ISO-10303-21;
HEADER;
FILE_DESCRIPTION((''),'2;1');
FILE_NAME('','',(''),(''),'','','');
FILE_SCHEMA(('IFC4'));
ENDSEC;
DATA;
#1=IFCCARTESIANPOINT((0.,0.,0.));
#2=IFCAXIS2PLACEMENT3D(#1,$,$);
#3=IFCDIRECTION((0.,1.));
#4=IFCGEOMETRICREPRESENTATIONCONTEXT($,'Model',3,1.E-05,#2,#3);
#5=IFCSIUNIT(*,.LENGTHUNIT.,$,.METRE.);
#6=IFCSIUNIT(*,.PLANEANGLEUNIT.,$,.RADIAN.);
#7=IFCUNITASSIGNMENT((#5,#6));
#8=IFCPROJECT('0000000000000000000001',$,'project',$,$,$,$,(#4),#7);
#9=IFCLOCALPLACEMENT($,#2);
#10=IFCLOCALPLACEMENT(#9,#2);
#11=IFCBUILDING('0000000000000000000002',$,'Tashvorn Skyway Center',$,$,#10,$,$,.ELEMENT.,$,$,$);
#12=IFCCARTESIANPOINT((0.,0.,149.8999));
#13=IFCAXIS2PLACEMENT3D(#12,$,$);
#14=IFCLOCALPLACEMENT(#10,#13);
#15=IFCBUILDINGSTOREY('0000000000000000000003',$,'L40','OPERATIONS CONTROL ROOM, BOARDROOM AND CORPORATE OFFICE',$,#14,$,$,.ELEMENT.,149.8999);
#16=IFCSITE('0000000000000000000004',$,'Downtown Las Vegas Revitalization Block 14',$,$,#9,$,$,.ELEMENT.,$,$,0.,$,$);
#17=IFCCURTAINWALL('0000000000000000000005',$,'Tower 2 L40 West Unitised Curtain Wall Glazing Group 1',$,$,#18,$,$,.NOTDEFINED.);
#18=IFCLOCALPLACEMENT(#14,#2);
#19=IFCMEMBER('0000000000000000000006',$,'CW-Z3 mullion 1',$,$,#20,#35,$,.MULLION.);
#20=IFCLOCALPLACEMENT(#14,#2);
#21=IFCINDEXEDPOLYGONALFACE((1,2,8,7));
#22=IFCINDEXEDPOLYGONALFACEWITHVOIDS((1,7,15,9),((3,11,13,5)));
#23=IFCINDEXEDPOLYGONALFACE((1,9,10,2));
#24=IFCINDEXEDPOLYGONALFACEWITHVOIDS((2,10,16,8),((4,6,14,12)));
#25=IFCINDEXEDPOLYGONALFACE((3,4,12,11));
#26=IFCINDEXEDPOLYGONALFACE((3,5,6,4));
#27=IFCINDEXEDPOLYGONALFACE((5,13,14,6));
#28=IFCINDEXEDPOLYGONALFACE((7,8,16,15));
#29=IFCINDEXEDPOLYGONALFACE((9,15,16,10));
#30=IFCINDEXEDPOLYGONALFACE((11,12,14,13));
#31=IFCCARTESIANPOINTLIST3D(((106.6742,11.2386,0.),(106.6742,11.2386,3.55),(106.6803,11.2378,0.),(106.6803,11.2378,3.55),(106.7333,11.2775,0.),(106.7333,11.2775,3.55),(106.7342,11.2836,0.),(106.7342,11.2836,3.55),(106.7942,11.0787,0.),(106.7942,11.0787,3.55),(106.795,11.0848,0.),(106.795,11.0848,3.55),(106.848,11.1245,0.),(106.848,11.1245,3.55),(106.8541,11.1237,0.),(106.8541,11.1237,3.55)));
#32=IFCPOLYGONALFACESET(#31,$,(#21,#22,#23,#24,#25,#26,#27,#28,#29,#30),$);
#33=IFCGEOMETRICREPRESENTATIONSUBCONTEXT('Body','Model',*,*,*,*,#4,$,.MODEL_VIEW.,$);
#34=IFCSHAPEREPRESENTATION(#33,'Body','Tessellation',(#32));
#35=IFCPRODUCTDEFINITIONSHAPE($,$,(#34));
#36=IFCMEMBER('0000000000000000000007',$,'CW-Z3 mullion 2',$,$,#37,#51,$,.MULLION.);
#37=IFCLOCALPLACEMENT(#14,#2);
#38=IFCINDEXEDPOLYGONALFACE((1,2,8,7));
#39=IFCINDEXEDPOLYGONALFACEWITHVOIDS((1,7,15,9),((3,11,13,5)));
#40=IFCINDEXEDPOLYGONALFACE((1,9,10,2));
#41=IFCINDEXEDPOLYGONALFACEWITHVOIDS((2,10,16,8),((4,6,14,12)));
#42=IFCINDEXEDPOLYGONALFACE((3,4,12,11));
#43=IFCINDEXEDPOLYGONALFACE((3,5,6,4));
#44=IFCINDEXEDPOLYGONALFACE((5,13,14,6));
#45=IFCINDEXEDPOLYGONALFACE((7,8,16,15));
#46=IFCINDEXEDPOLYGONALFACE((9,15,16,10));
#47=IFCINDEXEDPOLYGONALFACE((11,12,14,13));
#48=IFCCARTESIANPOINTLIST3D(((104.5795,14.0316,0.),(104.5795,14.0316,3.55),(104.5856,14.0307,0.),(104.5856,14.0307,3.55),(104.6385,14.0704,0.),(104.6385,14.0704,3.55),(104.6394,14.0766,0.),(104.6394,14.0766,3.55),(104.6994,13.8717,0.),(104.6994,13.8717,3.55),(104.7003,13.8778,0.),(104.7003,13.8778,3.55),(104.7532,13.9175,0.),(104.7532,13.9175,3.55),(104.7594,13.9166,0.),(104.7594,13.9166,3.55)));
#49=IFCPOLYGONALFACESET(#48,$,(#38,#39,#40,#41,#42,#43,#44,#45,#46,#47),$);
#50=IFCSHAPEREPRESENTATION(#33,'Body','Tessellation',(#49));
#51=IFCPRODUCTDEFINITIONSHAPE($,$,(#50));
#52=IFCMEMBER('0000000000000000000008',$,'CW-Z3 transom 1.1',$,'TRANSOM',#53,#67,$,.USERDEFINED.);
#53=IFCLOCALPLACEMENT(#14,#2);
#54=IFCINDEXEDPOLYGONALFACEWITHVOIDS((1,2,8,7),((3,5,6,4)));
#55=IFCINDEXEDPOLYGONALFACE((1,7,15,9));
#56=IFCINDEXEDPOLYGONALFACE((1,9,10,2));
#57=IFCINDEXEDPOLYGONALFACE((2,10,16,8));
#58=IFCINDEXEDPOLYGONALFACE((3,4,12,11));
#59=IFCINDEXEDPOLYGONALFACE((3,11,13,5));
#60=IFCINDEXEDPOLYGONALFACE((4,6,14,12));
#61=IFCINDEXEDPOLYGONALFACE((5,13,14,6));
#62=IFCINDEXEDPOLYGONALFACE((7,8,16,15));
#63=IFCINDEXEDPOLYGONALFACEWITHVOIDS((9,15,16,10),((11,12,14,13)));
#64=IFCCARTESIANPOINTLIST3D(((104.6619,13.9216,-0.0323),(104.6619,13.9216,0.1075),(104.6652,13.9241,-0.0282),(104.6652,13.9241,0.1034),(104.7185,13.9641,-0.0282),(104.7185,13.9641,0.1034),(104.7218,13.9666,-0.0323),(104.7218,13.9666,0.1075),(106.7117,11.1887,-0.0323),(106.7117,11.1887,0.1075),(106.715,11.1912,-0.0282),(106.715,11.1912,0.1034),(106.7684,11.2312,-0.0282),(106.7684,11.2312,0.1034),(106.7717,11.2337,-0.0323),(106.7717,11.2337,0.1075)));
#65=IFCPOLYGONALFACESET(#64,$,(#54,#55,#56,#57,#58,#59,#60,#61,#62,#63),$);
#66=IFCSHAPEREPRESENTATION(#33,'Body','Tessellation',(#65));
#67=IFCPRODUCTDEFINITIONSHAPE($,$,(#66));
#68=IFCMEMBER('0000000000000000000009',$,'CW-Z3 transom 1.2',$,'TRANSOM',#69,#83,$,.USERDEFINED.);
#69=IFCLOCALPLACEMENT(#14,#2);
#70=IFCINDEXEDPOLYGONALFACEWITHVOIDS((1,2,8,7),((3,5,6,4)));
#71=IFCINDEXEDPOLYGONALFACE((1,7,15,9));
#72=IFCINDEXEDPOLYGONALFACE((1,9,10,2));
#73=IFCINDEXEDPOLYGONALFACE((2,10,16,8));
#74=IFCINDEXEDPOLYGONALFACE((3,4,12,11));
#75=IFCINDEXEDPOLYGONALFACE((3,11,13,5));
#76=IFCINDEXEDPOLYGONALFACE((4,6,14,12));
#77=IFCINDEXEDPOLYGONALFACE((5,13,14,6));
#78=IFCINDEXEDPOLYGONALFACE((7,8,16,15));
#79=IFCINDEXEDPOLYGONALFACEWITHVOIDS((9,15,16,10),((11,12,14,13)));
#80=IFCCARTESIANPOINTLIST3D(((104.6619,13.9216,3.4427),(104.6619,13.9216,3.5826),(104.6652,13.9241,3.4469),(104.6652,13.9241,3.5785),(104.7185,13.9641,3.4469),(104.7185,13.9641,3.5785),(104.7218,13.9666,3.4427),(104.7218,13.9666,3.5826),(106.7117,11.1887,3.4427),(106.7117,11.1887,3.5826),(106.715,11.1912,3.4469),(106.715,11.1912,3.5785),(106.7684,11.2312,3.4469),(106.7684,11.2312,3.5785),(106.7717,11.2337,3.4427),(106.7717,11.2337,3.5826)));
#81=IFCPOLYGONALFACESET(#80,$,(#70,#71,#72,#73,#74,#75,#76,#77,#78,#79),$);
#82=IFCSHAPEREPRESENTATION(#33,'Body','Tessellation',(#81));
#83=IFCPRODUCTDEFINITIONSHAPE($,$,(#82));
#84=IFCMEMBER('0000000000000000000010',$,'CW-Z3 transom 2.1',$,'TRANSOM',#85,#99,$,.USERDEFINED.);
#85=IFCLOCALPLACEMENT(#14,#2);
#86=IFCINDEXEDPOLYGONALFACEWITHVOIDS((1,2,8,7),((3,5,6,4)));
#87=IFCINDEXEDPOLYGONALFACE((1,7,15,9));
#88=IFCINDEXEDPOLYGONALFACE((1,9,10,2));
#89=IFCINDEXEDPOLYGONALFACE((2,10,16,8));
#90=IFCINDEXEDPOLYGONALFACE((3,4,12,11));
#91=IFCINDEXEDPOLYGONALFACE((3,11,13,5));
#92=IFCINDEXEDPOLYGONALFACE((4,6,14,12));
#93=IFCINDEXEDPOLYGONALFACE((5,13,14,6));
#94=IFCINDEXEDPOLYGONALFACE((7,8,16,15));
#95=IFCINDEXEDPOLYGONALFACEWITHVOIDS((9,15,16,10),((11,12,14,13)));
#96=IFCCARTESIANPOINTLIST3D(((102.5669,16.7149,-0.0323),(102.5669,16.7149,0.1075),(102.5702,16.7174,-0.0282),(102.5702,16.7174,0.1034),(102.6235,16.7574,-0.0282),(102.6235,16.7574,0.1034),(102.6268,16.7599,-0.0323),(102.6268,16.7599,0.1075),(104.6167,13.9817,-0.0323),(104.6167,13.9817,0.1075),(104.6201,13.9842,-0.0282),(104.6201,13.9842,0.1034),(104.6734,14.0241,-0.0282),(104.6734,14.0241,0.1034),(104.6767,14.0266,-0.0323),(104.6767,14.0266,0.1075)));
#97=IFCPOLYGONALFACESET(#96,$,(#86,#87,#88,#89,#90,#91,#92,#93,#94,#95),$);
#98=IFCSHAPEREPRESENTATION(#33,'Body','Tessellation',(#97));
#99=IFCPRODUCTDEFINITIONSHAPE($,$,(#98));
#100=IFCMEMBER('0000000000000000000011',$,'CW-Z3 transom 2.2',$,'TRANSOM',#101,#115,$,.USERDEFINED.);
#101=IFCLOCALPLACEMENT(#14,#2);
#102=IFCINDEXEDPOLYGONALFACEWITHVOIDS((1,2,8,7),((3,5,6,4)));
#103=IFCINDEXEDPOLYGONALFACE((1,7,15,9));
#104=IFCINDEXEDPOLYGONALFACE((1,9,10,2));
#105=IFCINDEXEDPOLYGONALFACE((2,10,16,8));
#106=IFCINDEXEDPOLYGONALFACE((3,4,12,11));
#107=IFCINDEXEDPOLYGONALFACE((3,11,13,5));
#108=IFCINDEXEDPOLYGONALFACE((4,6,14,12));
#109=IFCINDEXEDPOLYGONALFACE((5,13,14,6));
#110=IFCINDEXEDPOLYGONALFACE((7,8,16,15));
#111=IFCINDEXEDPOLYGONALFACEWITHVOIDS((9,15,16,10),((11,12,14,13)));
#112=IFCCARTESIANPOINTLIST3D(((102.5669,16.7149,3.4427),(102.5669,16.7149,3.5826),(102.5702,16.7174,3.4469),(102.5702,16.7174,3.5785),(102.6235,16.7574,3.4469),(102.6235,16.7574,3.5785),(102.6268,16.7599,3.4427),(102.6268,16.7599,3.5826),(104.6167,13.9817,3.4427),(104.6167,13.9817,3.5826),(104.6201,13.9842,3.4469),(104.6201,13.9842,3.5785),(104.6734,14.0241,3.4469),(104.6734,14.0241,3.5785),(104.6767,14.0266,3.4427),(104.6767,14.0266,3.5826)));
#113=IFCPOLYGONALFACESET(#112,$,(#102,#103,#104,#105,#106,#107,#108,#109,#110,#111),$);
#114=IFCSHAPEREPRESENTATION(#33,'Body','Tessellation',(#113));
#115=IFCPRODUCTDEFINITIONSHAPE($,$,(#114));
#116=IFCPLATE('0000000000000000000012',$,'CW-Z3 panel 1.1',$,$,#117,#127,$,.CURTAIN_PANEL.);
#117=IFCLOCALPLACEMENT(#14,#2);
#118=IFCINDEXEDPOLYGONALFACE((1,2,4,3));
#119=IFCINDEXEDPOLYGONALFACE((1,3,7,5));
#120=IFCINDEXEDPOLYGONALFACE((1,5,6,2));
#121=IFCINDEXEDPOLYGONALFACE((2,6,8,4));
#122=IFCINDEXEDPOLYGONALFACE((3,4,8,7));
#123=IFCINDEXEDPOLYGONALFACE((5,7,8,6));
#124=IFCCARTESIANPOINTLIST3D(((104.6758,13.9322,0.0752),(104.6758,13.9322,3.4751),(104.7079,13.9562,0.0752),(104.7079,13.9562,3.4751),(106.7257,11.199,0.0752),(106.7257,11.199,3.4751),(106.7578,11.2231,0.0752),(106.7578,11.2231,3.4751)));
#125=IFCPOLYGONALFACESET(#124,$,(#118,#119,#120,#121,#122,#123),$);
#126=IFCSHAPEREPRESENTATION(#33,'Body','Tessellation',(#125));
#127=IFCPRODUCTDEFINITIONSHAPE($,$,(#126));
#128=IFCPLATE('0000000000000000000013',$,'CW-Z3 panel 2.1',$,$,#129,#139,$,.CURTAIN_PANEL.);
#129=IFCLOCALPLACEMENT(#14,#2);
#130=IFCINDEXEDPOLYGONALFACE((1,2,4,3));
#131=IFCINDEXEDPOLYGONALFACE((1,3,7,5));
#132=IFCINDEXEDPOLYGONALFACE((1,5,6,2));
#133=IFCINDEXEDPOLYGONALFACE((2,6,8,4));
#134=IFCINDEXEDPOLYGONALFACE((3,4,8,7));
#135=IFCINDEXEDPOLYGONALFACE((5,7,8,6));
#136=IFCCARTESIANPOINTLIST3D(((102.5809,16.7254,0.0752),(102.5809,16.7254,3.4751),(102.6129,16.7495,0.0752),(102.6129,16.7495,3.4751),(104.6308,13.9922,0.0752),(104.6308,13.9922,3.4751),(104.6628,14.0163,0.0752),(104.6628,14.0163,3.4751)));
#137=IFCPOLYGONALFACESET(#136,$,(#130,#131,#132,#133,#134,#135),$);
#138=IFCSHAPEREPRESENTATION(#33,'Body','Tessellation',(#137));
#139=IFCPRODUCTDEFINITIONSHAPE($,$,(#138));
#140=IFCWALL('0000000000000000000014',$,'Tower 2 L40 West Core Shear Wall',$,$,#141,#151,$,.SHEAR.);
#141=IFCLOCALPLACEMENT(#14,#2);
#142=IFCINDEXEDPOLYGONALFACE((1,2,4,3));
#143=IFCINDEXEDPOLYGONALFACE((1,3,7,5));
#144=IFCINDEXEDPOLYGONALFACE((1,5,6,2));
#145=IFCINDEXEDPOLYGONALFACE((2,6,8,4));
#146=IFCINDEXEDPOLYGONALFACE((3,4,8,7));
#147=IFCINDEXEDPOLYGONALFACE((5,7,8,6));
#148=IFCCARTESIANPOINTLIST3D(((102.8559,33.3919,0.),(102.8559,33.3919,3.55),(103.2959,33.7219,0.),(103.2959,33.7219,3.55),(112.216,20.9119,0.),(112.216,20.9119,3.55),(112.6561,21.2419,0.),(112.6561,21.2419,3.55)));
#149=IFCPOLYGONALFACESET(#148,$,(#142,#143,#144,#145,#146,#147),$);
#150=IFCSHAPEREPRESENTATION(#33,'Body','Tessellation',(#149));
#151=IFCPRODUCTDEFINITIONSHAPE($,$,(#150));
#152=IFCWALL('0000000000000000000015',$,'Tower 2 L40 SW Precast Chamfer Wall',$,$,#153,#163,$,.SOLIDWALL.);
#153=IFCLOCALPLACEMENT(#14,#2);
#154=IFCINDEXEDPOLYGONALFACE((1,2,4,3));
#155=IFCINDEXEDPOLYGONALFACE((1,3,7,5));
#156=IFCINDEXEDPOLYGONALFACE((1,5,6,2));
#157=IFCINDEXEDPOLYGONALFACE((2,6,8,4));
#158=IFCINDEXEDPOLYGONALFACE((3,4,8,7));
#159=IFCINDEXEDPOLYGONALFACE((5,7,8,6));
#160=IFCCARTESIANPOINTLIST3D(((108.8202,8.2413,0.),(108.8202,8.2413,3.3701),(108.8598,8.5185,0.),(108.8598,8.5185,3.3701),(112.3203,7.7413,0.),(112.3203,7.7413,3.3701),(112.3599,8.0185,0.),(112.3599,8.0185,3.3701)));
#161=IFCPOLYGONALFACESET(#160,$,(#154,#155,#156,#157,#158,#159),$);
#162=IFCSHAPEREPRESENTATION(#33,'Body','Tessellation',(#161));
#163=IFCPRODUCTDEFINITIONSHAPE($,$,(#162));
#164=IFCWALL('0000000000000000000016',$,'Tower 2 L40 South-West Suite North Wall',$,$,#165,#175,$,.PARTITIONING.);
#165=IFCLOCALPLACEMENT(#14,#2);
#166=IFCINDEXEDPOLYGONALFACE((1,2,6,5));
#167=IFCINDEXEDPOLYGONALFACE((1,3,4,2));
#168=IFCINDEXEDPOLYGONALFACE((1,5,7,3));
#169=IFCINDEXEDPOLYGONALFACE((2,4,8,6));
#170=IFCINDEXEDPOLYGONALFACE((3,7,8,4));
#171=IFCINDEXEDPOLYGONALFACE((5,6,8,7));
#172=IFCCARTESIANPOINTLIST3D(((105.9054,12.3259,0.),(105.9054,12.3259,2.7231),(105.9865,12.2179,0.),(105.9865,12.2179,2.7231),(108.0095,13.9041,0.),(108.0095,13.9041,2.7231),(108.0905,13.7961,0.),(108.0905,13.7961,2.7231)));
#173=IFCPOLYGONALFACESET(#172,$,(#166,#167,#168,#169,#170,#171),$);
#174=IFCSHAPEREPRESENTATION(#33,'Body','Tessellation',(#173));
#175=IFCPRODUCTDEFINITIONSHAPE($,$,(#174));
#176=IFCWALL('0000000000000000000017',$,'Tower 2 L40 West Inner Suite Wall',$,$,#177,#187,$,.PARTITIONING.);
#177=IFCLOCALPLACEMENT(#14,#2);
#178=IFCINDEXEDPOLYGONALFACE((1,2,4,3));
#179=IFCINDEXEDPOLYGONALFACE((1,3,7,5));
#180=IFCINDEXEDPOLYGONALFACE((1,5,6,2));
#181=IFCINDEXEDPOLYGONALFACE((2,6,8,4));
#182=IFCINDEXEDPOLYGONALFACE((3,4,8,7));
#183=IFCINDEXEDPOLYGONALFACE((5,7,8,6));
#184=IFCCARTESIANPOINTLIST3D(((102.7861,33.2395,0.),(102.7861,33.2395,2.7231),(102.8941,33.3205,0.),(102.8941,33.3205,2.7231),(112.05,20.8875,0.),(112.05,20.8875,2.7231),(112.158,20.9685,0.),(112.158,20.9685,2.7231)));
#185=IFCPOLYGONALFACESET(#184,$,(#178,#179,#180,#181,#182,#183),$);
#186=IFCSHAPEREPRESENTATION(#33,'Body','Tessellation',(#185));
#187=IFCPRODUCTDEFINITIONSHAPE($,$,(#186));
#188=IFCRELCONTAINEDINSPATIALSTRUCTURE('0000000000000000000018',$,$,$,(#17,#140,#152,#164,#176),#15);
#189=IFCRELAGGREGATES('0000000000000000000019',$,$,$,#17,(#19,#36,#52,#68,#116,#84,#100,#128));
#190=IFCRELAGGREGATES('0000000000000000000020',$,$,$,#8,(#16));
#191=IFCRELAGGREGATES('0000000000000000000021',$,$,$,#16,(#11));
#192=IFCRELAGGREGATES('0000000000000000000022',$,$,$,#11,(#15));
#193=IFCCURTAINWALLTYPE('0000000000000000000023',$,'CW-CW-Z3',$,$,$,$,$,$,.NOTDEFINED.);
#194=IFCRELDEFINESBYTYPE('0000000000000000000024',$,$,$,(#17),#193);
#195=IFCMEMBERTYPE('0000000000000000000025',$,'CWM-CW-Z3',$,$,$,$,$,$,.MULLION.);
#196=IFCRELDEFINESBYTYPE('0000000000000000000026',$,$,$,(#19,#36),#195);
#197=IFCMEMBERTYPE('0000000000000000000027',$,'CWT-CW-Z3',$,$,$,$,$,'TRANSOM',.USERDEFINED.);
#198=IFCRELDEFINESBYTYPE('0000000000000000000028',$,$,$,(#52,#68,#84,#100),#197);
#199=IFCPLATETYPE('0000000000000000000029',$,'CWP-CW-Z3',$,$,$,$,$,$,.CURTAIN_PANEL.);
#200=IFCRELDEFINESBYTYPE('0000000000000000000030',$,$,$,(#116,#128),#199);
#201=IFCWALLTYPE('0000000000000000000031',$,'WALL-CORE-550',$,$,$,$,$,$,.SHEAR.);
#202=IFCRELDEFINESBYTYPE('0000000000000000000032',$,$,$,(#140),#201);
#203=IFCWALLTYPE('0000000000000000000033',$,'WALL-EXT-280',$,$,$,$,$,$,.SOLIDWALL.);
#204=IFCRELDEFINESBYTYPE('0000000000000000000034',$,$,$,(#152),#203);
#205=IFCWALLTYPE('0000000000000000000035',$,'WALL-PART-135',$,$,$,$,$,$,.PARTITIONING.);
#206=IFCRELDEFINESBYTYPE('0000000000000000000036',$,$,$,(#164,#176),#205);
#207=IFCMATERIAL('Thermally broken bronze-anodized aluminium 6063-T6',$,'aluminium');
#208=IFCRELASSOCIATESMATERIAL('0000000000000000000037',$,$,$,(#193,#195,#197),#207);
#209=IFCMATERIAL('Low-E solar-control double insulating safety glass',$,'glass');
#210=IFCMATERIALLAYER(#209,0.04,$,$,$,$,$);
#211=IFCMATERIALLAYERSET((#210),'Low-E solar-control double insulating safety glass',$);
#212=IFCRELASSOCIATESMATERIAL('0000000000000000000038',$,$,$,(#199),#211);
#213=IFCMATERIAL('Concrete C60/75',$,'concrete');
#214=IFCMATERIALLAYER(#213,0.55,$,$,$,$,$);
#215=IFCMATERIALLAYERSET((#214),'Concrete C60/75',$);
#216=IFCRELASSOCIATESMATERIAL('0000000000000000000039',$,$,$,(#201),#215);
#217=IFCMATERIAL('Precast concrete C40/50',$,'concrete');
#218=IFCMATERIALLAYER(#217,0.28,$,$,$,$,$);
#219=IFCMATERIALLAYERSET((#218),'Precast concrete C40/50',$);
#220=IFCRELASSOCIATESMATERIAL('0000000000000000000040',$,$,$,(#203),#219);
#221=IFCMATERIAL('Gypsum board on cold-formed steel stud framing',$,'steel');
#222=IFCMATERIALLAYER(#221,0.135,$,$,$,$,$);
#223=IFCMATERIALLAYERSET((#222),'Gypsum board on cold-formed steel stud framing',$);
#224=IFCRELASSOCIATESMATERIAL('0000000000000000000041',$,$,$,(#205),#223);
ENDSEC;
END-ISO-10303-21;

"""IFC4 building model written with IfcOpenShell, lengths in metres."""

from ifc_helpers import new_model, si_unit, direction, frame, frame_2d, origin, origin_2d, place, context, subcontext, project, spatial, rectangle, hollow_rectangle, extrude, material, layer, layer_set, material_profile, profile_set, type_object, element, aggregate, save


model = new_model("IFC4")

# Units and contexts
model_context = context("Model", 3, precision=1e-05, world=origin(), true_north=direction((0.0, 1.0)))
body_context = subcontext(model_context, "Body", "Model", "MODEL_VIEW")
ifc_project = project(units=[si_unit("LENGTHUNIT", "METRE"), si_unit("PLANEANGLEUNIT", "RADIAN")], contexts=[model_context])

# Site, building, storey
site_placement = place(None, origin())
site = spatial("IfcSite", under=ifc_project, at=site_placement, Name="Downtown Las Vegas Revitalization Block 14", CompositionType="ELEMENT", RefElevation=0.0)
building_placement = place(site_placement, origin())
building = spatial("IfcBuilding", under=site, at=building_placement, Name="Tashvorn Skyway Center", CompositionType="ELEMENT")
storey_placement = place(building_placement, frame((0.0, 0.0, 149.8999)))
storey = spatial("IfcBuildingStorey", under=building, at=storey_placement, Name="L40", Description="OPERATIONS CONTROL ROOM, BOARDROOM AND CORPORATE OFFICE", CompositionType="ELEMENT", Elevation=149.8999)

# Shared definitions
ifc_material_1 = material(Name="Concrete C60/75", Category="concrete")

# Curtain wall, members, plates
ifc_material_2 = material(Name="Thermally broken bronze-anodized aluminium 6063-T6", Category="aluminium")
curtain_wall_type = type_object("IfcCurtainWallType", Name="CW-CW-Z3", PredefinedType="NOTDEFINED", material=ifc_material_2)
curtain_wall_placement = place(storey_placement, origin())
curtain_wall = element("IfcCurtainWall", 1, at=curtain_wall_placement, inside=storey, type_object=curtain_wall_type, Name="Tower 2 L40 West Unitised Curtain Wall Glazing Group 1", PredefinedType="NOTDEFINED")
ifc_material_profile_1 = material_profile(ifc_material_2, hollow_rectangle(XDim=0.075, YDim=0.2, WallThickness=0.0044, at=origin_2d()), Name="ALU-MULL-75x200")
ifc_profile_set_1 = profile_set([ifc_material_profile_1], Name="Thermally broken bronze-anodized aluminium 6063-T6")
member_type_1 = type_object("IfcMemberType", Name="CWM-CW-Z3", PredefinedType="MULLION", material=ifc_profile_set_1)
member_1_placement = place(storey_placement, frame((106.7642, 11.1812, 0.0), z_axis=(0.0, 0.0, 1.0), x_axis=(-0.799997, -0.600005, 0.0)))
member_1 = element("IfcMember", 2, at=member_1_placement, type_object=member_type_1, Name="CW-Z3 mullion 1", PredefinedType="MULLION", context=body_context, shape_type="SweptSolid", body=[
    extrude(hollow_rectangle(XDim=0.075, YDim=0.2, WallThickness=0.0044, at=origin_2d()), origin(), (0.0, 0.0, 1.0), 3.55),
])
member_2_placement = place(storey_placement, frame((104.6694, 13.9741, 0.0), z_axis=(0.0, 0.0, 1.0), x_axis=(-0.799997, -0.600005, 0.0)))
member_2 = element("IfcMember", 3, at=member_2_placement, type_object=member_type_1, Name="CW-Z3 mullion 2", PredefinedType="MULLION", context=body_context, shape_type="SweptSolid", body=[
    extrude(hollow_rectangle(XDim=0.075, YDim=0.2, WallThickness=0.0044, at=origin_2d()), origin(), (0.0, 0.0, 1.0), 3.55),
])
ifc_material_profile_2 = material_profile(ifc_material_2, hollow_rectangle(XDim=0.075, YDim=0.1399, WallThickness=0.0042, at=origin_2d()), Name="ALU-TRAN-75x140")
ifc_profile_set_2 = profile_set([ifc_material_profile_2], Name="Thermally broken bronze-anodized aluminium 6063-T6")
member_type_2 = type_object("IfcMemberType", Name="CWT-CW-Z3", ElementType="TRANSOM", PredefinedType="USERDEFINED", material=ifc_profile_set_2)
member_3_placement = place(storey_placement, frame((106.7417, 11.2112, 0.0376), z_axis=(-0.600023, 0.799983, 0.0), x_axis=(-0.799983, -0.600023, 0.0)))
member_3 = element("IfcMember", 4, at=member_3_placement, type_object=member_type_2, Name="CW-Z3 transom 1.1", ObjectType="TRANSOM", PredefinedType="USERDEFINED", context=body_context, shape_type="SweptSolid", body=[
    extrude(hollow_rectangle(XDim=0.075, YDim=0.1399, WallThickness=0.0042, at=origin_2d()), origin(), (0.0, 0.0, 1.0), 3.4163),
])
member_4_placement = place(storey_placement, frame((106.7417, 11.2112, 3.5127), z_axis=(-0.600023, 0.799983, 0.0), x_axis=(-0.799983, -0.600023, 0.0)))
member_4 = element("IfcMember", 5, at=member_4_placement, type_object=member_type_2, Name="CW-Z3 transom 1.2", ObjectType="TRANSOM", PredefinedType="USERDEFINED", context=body_context, shape_type="SweptSolid", body=[
    extrude(hollow_rectangle(XDim=0.075, YDim=0.1399, WallThickness=0.0042, at=origin_2d()), origin(), (0.0, 0.0, 1.0), 3.4163),
])
member_5_placement = place(storey_placement, frame((104.6467, 14.0042, 0.0376), z_axis=(-0.599989, 0.800009, 0.0), x_axis=(-0.800009, -0.599989, 0.0)))
member_5 = element("IfcMember", 6, at=member_5_placement, type_object=member_type_2, Name="CW-Z3 transom 2.1", ObjectType="TRANSOM", PredefinedType="USERDEFINED", context=body_context, shape_type="SweptSolid", body=[
    extrude(hollow_rectangle(XDim=0.075, YDim=0.1399, WallThickness=0.0042, at=origin_2d()), origin(), (0.0, 0.0, 1.0), 3.4165),
])
member_6_placement = place(storey_placement, frame((104.6467, 14.0042, 3.5127), z_axis=(-0.599989, 0.800009, 0.0), x_axis=(-0.800009, -0.599989, 0.0)))
member_6 = element("IfcMember", 7, at=member_6_placement, type_object=member_type_2, Name="CW-Z3 transom 2.2", ObjectType="TRANSOM", PredefinedType="USERDEFINED", context=body_context, shape_type="SweptSolid", body=[
    extrude(hollow_rectangle(XDim=0.075, YDim=0.1399, WallThickness=0.0042, at=origin_2d()), origin(), (0.0, 0.0, 1.0), 3.4165),
])
ifc_material_3 = material(Name="Low-E solar-control double insulating safety glass", Category="glass")
ifc_layer_1 = layer(ifc_material_3, 0.04)
ifc_layer_set_1 = layer_set([ifc_layer_1], Name="Low-E solar-control double insulating safety glass")
plate_type = type_object("IfcPlateType", Name="CWP-CW-Z3", PredefinedType="CURTAIN_PANEL", material=ifc_layer_set_1)
plate_1_placement = place(storey_placement, frame((105.7168, 12.5776, 0.0752), z_axis=(0.0, 0.0, 1.0), x_axis=(-0.600005, 0.799997, 0.0)))
plate_1 = element("IfcPlate", 8, at=plate_1_placement, type_object=plate_type, Name="CW-Z3 panel 1.1", PredefinedType="CURTAIN_PANEL", context=body_context, shape_type="SweptSolid", body=[
    extrude(rectangle(XDim=3.4165, YDim=0.04, at=origin_2d()), origin(), (0.0, 0.0, 1.0), 3.3999),
])
plate_2_placement = place(storey_placement, frame((103.6218, 15.3708, 0.0752), z_axis=(0.0, 0.0, 1.0), x_axis=(-0.600005, 0.799997, 0.0)))
plate_2 = element("IfcPlate", 9, at=plate_2_placement, type_object=plate_type, Name="CW-Z3 panel 2.1", PredefinedType="CURTAIN_PANEL", context=body_context, shape_type="SweptSolid", body=[
    extrude(rectangle(XDim=3.4165, YDim=0.04, at=origin_2d()), origin(), (0.0, 0.0, 1.0), 3.3999),
])
aggregate(curtain_wall, [member_1, member_2, member_3, member_4, plate_1, member_5, member_6, plate_2])

# Walls
ifc_layer_2 = layer(ifc_material_1, 0.55)
ifc_layer_set_2 = layer_set([ifc_layer_2], Name="Concrete C60/75")
wall_type_1 = type_object("IfcWallType", Name="WALL-CORE-550", PredefinedType="SHEAR", material=ifc_layer_set_2)
wall_1_placement = place(storey_placement, frame((112.436, 21.0769, 0.0), z_axis=(0.0, 0.0, 1.0), x_axis=(-0.600005, 0.799996, 0.0)))
element("IfcWall", 10, at=wall_1_placement, inside=storey, type_object=wall_type_1, Name="Tower 2 L40 West Core Shear Wall", PredefinedType="SHEAR", context=body_context, shape_type="SweptSolid", body=[
    extrude(rectangle(XDim=15.6001, YDim=0.55, at=frame_2d((7.8, 0.0))), origin(), (0.0, 0.0, 1.0), 3.55),
])
ifc_material_4 = material(Name="Precast concrete C40/50", Category="concrete")
ifc_layer_3 = layer(ifc_material_4, 0.28)
ifc_layer_set_3 = layer_set([ifc_layer_3], Name="Precast concrete C40/50")
wall_type_2 = type_object("IfcWallType", Name="WALL-EXT-280", PredefinedType="SOLIDWALL", material=ifc_layer_set_3)
wall_2_placement = place(storey_placement, frame((112.3401, 7.8799, 0.0), z_axis=(0.0, 0.0, 1.0), x_axis=(-0.989949, 0.141421, 0.0)))
element("IfcWall", 11, at=wall_2_placement, inside=storey, type_object=wall_type_2, Name="Tower 2 L40 SW Precast Chamfer Wall", PredefinedType="SOLIDWALL", context=body_context, shape_type="SweptSolid", body=[
    extrude(rectangle(XDim=3.5356, YDim=0.28, at=frame_2d((1.7678, 0.0))), origin(), (0.0, 0.0, 1.0), 3.3701),
])
ifc_material_5 = material(Name="Gypsum board on cold-formed steel stud framing", Category="steel")
ifc_layer_4 = layer(ifc_material_5, 0.135)
ifc_layer_set_4 = layer_set([ifc_layer_4], Name="Gypsum board on cold-formed steel stud framing")
wall_type_3 = type_object("IfcWallType", Name="WALL-PART-135", PredefinedType="PARTITIONING", material=ifc_layer_set_4)
wall_3_placement = place(storey_placement, frame((105.946, 12.272, 0.0), z_axis=(0.0, 0.0, 1.0), x_axis=(0.799978, 0.60003, 0.0)))
element("IfcWall", 12, at=wall_3_placement, inside=storey, type_object=wall_type_3, Name="Tower 2 L40 South-West Suite North Wall", PredefinedType="PARTITIONING", context=body_context, shape_type="SweptSolid", body=[
    extrude(rectangle(XDim=2.6301, YDim=0.135, at=frame_2d((1.3149, 0.0))), origin(), (0.0, 0.0, 1.0), 2.7231),
])
wall_4_placement = place(storey_placement, frame((112.104, 20.928, 0.0), z_axis=(0.0, 0.0, 1.0), x_axis=(-0.599995, 0.800004, 0.0)))
element("IfcWall", 13, at=wall_4_placement, inside=storey, type_object=wall_type_3, Name="Tower 2 L40 West Inner Suite Wall", PredefinedType="PARTITIONING", context=body_context, shape_type="SweptSolid", body=[
    extrude(rectangle(XDim=15.4399, YDim=0.135, at=frame_2d((7.72, 0.0))), origin(), (0.0, 0.0, 1.0), 2.7231),
])

save(model, "model.ifc")
